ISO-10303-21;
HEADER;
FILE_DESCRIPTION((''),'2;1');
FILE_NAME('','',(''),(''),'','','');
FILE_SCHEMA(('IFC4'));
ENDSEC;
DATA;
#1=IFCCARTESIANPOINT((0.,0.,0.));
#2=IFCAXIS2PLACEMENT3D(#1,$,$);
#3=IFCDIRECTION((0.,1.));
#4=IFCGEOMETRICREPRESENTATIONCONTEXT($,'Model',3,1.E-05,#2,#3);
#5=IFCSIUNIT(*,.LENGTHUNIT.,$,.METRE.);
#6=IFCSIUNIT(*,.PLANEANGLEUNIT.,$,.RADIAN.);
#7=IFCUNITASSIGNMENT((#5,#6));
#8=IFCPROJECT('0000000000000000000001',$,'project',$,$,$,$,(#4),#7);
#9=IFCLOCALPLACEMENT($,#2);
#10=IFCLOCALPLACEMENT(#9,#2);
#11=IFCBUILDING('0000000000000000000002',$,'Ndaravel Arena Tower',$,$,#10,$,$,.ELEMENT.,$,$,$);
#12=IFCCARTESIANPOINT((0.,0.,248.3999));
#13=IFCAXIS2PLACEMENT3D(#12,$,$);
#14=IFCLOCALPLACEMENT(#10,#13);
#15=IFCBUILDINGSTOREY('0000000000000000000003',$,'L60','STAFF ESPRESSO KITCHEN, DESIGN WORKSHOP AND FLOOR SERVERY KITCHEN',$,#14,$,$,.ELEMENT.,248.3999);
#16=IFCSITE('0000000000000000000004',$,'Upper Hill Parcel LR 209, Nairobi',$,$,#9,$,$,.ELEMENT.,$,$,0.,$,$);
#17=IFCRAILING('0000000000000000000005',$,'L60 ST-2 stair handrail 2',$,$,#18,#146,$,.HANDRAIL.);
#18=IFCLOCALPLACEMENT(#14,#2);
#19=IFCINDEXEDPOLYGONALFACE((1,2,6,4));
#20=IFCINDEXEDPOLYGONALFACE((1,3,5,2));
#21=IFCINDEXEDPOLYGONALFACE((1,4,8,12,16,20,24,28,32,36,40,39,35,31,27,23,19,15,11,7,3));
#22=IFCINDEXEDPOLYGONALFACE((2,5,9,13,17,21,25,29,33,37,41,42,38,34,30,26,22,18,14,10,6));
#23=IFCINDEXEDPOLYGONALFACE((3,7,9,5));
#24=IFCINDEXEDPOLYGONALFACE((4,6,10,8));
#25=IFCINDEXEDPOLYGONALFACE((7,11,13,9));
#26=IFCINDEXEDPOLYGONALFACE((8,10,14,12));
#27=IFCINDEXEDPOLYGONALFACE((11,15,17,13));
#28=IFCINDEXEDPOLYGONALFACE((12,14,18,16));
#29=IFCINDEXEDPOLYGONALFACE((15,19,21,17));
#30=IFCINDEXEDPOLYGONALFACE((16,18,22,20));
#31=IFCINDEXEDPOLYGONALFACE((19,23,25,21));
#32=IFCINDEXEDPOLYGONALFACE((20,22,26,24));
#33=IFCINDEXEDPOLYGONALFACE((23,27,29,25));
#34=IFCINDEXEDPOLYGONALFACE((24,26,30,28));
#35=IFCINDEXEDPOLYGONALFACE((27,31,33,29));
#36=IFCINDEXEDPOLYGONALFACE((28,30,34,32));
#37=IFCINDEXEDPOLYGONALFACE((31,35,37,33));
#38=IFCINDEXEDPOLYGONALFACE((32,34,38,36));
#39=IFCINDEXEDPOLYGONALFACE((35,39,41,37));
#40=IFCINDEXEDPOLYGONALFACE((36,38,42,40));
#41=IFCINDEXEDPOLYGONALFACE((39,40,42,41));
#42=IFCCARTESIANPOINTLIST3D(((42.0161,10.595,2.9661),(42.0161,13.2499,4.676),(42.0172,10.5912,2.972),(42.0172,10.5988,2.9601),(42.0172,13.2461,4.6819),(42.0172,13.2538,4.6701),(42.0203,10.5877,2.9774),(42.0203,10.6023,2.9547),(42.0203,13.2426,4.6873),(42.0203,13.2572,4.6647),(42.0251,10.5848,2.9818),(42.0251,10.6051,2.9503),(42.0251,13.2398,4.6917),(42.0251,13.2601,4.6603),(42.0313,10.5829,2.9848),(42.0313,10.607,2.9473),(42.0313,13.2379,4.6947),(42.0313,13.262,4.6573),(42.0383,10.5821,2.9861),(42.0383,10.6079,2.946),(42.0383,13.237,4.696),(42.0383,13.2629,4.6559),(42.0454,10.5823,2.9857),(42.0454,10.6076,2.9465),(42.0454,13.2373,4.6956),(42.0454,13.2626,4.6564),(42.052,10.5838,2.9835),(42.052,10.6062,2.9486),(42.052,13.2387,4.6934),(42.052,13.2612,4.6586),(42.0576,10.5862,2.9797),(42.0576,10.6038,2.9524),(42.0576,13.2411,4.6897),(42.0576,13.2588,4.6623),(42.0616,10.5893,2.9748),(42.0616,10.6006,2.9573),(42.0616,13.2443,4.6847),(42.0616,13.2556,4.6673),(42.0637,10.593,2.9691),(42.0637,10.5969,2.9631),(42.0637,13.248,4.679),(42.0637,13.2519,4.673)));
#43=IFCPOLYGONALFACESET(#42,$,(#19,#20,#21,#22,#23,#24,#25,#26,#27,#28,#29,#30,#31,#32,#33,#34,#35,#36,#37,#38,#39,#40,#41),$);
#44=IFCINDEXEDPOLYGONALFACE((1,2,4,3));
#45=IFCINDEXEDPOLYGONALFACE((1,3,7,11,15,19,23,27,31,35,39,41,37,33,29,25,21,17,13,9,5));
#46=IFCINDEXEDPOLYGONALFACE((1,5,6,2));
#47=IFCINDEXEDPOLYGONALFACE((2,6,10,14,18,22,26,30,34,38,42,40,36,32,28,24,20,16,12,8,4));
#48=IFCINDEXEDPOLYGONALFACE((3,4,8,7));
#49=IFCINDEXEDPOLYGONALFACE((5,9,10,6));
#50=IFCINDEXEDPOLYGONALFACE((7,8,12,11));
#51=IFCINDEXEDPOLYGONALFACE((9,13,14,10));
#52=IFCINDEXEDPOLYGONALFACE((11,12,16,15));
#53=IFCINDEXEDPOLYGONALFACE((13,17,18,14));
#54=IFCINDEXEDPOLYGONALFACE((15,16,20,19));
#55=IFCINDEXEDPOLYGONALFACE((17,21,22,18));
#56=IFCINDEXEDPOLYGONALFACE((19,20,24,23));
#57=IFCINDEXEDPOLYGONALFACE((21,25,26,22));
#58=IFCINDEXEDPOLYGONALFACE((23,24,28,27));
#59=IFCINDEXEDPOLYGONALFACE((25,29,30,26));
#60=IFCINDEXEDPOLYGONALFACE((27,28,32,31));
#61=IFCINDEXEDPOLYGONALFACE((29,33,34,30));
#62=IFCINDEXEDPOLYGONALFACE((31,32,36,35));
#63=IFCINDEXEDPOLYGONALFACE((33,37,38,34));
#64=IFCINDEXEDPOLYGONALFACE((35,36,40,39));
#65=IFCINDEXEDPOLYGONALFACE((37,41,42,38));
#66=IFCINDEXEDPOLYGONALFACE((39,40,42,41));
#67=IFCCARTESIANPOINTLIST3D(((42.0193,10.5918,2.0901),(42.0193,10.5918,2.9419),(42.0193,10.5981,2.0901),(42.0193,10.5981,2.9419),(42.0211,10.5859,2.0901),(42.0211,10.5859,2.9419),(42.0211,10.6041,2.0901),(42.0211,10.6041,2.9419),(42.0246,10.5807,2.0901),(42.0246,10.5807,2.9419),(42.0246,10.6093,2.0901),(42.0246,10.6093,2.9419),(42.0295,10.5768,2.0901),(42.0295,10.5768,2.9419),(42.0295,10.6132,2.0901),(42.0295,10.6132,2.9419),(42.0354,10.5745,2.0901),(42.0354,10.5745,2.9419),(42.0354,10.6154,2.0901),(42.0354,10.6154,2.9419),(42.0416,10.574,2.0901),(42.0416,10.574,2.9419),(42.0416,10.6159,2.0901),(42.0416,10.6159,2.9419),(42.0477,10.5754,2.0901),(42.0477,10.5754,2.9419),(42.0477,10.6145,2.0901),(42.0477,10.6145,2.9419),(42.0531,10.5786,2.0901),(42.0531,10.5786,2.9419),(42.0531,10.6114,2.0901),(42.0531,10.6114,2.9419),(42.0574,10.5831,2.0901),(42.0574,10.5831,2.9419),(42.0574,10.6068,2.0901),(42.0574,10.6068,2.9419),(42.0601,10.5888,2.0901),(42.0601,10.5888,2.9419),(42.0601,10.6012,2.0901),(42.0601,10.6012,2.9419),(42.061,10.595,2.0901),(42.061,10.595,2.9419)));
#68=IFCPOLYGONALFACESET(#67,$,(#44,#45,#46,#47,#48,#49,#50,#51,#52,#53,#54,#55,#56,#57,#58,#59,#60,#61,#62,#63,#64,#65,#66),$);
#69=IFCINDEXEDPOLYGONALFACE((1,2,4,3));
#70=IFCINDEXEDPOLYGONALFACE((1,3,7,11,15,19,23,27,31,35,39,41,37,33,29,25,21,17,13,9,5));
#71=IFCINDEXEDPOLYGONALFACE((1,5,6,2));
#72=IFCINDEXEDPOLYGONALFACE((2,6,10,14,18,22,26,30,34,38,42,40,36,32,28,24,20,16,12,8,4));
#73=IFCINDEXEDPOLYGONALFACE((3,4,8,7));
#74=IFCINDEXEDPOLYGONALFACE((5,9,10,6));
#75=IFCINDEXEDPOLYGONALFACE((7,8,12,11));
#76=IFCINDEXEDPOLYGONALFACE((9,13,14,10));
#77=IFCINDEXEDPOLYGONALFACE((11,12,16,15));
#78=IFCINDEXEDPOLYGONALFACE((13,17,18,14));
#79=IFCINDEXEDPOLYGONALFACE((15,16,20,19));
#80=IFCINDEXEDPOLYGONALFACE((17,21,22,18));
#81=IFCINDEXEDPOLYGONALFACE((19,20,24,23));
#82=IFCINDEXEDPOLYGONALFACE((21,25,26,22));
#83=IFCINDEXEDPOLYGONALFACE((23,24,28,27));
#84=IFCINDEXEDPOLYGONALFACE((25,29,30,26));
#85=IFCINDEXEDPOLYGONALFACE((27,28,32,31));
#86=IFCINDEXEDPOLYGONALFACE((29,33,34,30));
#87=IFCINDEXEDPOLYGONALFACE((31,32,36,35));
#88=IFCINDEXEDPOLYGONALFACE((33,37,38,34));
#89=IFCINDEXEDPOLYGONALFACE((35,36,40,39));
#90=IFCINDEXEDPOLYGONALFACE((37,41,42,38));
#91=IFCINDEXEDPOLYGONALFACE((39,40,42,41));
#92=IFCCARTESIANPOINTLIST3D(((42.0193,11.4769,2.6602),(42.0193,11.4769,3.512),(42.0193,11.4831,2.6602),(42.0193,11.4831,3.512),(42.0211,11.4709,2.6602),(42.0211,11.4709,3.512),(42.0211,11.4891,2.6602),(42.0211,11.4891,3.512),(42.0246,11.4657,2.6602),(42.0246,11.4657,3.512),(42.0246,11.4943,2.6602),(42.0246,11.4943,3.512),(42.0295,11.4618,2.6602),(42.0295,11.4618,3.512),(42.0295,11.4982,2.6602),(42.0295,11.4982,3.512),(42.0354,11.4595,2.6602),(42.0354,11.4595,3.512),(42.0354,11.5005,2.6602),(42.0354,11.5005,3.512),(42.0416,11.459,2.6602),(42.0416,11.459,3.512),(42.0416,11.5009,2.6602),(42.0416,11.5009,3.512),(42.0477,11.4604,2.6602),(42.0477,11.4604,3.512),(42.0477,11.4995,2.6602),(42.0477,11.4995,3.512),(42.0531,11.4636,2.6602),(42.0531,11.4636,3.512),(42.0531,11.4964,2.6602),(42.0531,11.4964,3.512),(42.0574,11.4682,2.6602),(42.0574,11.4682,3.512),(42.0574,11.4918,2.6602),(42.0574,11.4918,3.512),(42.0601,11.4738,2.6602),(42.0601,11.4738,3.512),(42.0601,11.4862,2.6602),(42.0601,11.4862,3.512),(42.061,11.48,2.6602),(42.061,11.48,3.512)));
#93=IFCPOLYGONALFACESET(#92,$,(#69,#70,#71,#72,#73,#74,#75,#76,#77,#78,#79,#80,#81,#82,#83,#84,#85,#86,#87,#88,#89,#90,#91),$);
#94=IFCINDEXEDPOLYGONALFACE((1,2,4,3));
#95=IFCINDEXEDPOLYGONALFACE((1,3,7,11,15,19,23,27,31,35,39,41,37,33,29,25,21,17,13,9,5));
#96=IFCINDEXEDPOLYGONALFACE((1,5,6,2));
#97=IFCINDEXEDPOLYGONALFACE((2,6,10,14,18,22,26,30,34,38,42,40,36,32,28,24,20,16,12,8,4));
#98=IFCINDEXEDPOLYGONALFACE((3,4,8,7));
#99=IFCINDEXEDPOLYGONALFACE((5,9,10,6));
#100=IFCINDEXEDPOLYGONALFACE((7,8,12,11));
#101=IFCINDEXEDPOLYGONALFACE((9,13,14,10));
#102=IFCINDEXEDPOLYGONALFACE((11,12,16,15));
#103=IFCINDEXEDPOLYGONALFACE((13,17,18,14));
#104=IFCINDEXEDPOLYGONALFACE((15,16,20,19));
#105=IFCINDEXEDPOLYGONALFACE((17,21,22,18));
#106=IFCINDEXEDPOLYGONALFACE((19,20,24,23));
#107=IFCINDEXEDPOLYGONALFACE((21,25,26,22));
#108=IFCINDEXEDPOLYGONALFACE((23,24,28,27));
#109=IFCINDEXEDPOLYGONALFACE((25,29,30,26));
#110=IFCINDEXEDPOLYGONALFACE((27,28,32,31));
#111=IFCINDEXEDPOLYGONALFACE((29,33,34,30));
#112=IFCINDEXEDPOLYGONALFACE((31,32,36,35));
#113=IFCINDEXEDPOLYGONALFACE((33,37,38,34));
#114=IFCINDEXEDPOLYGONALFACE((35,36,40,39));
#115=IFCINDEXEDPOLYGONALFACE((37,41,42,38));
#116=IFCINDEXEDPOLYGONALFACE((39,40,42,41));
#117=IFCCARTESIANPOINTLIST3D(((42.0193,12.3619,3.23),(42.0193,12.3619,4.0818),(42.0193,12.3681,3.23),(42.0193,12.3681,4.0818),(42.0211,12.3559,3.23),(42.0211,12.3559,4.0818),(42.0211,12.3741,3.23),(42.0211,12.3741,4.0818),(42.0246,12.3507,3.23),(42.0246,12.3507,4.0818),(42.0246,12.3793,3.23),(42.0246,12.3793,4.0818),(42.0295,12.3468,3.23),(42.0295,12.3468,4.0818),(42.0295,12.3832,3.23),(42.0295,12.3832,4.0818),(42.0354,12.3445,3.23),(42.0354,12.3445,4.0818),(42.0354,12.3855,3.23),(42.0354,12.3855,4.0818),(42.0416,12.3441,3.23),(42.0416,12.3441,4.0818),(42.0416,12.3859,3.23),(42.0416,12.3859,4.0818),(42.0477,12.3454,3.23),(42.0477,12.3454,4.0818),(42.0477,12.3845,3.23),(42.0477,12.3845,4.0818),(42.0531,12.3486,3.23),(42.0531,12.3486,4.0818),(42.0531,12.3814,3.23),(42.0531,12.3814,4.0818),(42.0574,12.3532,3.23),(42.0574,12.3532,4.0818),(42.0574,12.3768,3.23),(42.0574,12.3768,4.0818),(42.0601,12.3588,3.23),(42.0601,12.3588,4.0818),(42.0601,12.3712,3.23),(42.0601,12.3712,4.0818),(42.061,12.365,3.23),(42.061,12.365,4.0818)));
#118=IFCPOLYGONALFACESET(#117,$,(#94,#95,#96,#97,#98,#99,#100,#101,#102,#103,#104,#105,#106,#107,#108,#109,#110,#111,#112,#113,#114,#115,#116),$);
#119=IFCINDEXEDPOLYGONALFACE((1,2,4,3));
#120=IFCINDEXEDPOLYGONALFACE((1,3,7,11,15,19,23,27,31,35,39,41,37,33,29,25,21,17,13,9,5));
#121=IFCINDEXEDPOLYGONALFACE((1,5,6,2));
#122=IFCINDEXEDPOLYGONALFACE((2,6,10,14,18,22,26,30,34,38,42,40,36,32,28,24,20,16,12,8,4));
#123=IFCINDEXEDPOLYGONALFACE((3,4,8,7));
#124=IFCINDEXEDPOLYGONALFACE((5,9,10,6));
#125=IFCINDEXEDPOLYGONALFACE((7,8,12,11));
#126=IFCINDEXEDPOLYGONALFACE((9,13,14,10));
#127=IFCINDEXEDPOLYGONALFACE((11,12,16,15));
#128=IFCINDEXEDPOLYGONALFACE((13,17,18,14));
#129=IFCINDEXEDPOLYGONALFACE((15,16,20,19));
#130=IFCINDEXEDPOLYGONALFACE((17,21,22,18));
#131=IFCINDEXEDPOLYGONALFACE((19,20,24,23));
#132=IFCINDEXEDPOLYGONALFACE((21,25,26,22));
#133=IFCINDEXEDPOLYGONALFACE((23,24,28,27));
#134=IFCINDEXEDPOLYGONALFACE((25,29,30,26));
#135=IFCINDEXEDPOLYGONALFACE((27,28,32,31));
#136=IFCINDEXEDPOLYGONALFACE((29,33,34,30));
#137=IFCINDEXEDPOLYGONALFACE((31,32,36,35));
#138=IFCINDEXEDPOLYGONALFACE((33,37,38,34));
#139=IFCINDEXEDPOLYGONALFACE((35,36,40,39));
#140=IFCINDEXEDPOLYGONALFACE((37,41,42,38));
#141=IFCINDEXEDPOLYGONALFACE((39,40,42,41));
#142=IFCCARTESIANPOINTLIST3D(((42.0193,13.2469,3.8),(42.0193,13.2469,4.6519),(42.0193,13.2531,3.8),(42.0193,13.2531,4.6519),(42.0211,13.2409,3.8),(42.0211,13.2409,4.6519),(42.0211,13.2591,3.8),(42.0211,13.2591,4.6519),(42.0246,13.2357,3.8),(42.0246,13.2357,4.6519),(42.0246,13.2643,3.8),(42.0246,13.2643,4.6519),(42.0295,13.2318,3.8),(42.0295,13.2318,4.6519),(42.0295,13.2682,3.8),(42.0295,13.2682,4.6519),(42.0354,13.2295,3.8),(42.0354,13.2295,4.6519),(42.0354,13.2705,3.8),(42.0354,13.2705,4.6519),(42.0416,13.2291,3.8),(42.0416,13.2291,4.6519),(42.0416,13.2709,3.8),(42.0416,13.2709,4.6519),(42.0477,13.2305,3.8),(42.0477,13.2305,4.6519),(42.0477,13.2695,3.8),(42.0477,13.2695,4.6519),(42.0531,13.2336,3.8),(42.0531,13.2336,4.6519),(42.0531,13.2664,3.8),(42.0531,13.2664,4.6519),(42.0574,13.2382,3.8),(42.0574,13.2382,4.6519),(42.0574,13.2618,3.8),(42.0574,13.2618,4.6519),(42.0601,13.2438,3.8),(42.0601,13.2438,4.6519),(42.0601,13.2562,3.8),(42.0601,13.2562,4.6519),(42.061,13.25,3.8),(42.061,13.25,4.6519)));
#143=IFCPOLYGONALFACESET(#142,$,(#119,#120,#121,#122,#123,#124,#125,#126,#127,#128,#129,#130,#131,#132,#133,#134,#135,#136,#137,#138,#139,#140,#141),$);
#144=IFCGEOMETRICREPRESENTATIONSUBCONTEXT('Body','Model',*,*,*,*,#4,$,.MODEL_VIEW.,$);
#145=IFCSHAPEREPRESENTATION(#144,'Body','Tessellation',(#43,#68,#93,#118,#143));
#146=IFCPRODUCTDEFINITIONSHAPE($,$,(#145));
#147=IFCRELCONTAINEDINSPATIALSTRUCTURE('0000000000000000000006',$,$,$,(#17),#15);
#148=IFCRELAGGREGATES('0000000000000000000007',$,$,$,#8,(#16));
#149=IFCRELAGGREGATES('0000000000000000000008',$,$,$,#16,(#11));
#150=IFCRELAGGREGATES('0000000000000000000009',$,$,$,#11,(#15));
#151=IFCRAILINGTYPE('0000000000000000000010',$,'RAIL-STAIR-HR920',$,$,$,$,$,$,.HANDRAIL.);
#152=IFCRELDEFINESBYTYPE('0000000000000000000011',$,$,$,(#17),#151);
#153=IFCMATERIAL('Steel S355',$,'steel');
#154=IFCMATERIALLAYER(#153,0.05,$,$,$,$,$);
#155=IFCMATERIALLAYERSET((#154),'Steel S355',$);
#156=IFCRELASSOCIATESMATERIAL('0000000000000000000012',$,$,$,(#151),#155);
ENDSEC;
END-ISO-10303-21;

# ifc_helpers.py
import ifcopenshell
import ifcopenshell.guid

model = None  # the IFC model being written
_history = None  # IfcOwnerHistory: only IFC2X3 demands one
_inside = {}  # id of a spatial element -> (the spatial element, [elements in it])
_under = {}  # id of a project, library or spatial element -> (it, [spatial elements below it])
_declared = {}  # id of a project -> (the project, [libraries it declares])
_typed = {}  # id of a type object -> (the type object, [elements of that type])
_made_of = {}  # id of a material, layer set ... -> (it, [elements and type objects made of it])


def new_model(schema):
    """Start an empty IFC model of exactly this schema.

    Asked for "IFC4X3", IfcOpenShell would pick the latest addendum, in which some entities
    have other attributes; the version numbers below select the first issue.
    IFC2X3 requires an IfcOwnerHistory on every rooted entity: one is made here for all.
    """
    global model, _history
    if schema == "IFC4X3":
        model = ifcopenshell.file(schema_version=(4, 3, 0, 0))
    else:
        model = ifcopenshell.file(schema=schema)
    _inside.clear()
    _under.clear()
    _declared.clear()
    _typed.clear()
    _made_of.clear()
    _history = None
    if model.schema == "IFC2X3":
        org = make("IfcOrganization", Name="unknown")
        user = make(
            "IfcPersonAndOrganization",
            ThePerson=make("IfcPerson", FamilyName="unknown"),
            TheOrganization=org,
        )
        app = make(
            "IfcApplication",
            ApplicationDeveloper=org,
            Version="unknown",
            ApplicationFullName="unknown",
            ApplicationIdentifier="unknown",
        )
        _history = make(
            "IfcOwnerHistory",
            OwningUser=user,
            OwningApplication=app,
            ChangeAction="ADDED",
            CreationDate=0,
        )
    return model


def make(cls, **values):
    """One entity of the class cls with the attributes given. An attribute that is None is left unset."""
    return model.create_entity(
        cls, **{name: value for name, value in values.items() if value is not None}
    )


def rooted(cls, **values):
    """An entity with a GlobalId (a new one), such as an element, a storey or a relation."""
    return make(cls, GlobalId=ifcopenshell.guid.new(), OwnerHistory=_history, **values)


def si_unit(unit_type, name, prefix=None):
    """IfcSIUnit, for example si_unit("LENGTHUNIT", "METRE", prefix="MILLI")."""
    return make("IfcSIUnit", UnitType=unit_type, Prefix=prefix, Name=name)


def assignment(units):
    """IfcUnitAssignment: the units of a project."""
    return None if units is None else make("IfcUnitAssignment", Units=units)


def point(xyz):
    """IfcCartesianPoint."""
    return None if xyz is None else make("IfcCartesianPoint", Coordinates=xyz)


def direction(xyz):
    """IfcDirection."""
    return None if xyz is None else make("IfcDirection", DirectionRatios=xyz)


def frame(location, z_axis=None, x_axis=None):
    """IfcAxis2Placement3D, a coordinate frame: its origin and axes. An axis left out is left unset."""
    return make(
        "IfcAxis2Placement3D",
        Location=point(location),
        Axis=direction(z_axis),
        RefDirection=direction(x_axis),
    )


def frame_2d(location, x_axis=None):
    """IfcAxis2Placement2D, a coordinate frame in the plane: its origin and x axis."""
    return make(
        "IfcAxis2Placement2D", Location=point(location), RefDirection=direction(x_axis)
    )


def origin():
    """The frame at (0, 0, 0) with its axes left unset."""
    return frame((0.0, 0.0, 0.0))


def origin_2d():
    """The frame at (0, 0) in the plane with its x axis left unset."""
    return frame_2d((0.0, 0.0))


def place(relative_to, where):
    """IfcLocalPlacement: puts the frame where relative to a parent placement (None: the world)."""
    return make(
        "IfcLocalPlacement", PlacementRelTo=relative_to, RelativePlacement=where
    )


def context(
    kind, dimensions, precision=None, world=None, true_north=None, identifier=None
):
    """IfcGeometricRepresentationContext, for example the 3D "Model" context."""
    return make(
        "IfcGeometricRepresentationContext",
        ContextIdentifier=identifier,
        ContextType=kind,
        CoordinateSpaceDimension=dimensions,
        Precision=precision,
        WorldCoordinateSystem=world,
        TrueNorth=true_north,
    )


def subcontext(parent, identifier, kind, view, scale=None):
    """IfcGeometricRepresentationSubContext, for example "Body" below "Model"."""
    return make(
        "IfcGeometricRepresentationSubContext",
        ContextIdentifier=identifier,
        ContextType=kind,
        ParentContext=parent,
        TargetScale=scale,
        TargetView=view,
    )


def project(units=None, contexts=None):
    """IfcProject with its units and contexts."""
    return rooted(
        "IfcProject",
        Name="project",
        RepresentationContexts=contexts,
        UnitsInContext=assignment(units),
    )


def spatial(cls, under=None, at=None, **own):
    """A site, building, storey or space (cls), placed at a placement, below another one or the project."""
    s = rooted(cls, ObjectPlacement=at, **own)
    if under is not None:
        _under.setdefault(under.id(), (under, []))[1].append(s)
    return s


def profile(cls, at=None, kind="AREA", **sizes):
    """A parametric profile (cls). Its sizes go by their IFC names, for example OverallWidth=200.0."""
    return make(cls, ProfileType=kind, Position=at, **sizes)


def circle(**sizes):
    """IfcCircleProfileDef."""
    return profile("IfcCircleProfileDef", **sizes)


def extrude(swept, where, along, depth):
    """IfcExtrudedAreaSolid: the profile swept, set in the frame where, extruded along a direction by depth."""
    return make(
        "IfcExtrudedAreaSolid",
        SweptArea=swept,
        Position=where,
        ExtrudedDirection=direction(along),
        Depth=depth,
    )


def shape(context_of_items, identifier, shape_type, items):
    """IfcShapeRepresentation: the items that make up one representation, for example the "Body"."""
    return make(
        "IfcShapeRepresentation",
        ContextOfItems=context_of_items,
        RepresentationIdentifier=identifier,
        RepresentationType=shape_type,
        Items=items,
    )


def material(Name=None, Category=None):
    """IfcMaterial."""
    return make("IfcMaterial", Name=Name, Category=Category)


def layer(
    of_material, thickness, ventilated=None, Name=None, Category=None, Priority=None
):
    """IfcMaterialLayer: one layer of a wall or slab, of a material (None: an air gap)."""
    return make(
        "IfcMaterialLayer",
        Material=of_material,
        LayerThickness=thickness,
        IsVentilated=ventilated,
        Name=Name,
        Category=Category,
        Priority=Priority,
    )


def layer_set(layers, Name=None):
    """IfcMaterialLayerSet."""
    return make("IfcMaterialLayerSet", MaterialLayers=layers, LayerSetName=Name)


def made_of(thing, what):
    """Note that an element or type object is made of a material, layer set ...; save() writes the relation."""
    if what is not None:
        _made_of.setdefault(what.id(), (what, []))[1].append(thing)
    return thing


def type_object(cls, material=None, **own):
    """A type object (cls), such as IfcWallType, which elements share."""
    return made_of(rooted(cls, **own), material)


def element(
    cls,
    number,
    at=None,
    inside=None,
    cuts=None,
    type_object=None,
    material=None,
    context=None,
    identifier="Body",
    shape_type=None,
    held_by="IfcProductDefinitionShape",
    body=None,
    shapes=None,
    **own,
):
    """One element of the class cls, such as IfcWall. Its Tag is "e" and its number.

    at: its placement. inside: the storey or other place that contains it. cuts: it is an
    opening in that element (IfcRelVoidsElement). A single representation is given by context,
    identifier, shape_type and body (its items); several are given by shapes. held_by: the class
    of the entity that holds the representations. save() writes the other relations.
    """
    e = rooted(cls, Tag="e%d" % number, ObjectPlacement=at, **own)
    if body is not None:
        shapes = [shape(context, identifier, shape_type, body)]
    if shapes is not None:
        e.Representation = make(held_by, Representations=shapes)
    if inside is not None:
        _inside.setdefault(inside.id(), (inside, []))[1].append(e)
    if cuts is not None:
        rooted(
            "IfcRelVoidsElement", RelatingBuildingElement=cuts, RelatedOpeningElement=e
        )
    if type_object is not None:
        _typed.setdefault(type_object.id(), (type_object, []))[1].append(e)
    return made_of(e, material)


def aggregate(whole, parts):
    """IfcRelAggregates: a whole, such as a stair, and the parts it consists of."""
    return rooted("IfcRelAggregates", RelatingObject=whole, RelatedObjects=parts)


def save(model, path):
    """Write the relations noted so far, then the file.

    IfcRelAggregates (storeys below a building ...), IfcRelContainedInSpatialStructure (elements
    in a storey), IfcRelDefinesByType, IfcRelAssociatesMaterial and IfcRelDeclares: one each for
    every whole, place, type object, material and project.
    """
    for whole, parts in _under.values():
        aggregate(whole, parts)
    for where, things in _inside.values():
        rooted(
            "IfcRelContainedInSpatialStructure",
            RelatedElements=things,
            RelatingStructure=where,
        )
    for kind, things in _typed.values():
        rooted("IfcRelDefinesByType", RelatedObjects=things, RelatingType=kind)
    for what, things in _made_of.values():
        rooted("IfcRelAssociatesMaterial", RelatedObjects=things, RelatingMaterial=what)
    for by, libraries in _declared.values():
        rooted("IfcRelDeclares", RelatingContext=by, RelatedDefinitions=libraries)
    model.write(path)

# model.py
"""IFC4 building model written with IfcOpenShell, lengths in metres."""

from ifc_helpers import new_model, si_unit, direction, frame, origin, origin_2d, place, context, subcontext, project, spatial, circle, extrude, material, layer, layer_set, type_object, element, save


model = new_model("IFC4")

# Units and contexts
model_context = context("Model", 3, precision=1e-05, world=origin(), true_north=direction((0.0, 1.0)))
body_context = subcontext(model_context, "Body", "Model", "MODEL_VIEW")
ifc_project = project(units=[si_unit("LENGTHUNIT", "METRE"), si_unit("PLANEANGLEUNIT", "RADIAN")], contexts=[model_context])

# Site, building, storey
site_placement = place(None, origin())
site = spatial("IfcSite", under=ifc_project, at=site_placement, Name="Upper Hill Parcel LR 209, Nairobi", CompositionType="ELEMENT", RefElevation=0.0)
building_placement = place(site_placement, origin())
building = spatial("IfcBuilding", under=site, at=building_placement, Name="Ndaravel Arena Tower", CompositionType="ELEMENT")
storey_placement = place(building_placement, frame((0.0, 0.0, 248.3999)))
storey = spatial("IfcBuildingStorey", under=building, at=storey_placement, Name="L60", Description="STAFF ESPRESSO KITCHEN, DESIGN WORKSHOP AND FLOOR SERVERY KITCHEN", CompositionType="ELEMENT", Elevation=248.3999)

# Railing
ifc_material_1 = material(Name="Steel S355", Category="steel")
ifc_layer_1 = layer(ifc_material_1, 0.05)
ifc_layer_set_1 = layer_set([ifc_layer_1], Name="Steel S355")
railing_type_1 = type_object("IfcRailingType", Name="RAIL-STAIR-HR920", PredefinedType="HANDRAIL", material=ifc_layer_set_1)
railing_1_placement = place(storey_placement, frame((42.04, 10.595, 2.0901)))
element("IfcRailing", 1, at=railing_1_placement, inside=storey, type_object=railing_type_1, Name="L60 ST-2 stair handrail 2", PredefinedType="HANDRAIL", context=body_context, shape_type="SweptSolid", body=[
    extrude(circle(Radius=0.0239, at=origin_2d()), frame((0.0, 0.0, 0.876), z_axis=(0.0, 0.840724, 0.541465), x_axis=(-1.0, 0.0, 0.0)), (0.0, 0.0, 1.0), 3.158),
    extrude(circle(Radius=0.021, at=origin_2d()), origin(), (0.0, 0.0, 1.0), 0.8518),
    extrude(circle(Radius=0.021, at=origin_2d()), frame((0.0, 0.885, 0.5701)), (0.0, 0.0, 1.0), 0.8518),
    extrude(circle(Radius=0.021, at=origin_2d()), frame((0.0, 1.77, 1.1399)), (0.0, 0.0, 1.0), 0.8518),
    extrude(circle(Radius=0.021, at=origin_2d()), frame((0.0, 2.655, 1.71)), (0.0, 0.0, 1.0), 0.8518),
])

save(model, "model.ifc")
